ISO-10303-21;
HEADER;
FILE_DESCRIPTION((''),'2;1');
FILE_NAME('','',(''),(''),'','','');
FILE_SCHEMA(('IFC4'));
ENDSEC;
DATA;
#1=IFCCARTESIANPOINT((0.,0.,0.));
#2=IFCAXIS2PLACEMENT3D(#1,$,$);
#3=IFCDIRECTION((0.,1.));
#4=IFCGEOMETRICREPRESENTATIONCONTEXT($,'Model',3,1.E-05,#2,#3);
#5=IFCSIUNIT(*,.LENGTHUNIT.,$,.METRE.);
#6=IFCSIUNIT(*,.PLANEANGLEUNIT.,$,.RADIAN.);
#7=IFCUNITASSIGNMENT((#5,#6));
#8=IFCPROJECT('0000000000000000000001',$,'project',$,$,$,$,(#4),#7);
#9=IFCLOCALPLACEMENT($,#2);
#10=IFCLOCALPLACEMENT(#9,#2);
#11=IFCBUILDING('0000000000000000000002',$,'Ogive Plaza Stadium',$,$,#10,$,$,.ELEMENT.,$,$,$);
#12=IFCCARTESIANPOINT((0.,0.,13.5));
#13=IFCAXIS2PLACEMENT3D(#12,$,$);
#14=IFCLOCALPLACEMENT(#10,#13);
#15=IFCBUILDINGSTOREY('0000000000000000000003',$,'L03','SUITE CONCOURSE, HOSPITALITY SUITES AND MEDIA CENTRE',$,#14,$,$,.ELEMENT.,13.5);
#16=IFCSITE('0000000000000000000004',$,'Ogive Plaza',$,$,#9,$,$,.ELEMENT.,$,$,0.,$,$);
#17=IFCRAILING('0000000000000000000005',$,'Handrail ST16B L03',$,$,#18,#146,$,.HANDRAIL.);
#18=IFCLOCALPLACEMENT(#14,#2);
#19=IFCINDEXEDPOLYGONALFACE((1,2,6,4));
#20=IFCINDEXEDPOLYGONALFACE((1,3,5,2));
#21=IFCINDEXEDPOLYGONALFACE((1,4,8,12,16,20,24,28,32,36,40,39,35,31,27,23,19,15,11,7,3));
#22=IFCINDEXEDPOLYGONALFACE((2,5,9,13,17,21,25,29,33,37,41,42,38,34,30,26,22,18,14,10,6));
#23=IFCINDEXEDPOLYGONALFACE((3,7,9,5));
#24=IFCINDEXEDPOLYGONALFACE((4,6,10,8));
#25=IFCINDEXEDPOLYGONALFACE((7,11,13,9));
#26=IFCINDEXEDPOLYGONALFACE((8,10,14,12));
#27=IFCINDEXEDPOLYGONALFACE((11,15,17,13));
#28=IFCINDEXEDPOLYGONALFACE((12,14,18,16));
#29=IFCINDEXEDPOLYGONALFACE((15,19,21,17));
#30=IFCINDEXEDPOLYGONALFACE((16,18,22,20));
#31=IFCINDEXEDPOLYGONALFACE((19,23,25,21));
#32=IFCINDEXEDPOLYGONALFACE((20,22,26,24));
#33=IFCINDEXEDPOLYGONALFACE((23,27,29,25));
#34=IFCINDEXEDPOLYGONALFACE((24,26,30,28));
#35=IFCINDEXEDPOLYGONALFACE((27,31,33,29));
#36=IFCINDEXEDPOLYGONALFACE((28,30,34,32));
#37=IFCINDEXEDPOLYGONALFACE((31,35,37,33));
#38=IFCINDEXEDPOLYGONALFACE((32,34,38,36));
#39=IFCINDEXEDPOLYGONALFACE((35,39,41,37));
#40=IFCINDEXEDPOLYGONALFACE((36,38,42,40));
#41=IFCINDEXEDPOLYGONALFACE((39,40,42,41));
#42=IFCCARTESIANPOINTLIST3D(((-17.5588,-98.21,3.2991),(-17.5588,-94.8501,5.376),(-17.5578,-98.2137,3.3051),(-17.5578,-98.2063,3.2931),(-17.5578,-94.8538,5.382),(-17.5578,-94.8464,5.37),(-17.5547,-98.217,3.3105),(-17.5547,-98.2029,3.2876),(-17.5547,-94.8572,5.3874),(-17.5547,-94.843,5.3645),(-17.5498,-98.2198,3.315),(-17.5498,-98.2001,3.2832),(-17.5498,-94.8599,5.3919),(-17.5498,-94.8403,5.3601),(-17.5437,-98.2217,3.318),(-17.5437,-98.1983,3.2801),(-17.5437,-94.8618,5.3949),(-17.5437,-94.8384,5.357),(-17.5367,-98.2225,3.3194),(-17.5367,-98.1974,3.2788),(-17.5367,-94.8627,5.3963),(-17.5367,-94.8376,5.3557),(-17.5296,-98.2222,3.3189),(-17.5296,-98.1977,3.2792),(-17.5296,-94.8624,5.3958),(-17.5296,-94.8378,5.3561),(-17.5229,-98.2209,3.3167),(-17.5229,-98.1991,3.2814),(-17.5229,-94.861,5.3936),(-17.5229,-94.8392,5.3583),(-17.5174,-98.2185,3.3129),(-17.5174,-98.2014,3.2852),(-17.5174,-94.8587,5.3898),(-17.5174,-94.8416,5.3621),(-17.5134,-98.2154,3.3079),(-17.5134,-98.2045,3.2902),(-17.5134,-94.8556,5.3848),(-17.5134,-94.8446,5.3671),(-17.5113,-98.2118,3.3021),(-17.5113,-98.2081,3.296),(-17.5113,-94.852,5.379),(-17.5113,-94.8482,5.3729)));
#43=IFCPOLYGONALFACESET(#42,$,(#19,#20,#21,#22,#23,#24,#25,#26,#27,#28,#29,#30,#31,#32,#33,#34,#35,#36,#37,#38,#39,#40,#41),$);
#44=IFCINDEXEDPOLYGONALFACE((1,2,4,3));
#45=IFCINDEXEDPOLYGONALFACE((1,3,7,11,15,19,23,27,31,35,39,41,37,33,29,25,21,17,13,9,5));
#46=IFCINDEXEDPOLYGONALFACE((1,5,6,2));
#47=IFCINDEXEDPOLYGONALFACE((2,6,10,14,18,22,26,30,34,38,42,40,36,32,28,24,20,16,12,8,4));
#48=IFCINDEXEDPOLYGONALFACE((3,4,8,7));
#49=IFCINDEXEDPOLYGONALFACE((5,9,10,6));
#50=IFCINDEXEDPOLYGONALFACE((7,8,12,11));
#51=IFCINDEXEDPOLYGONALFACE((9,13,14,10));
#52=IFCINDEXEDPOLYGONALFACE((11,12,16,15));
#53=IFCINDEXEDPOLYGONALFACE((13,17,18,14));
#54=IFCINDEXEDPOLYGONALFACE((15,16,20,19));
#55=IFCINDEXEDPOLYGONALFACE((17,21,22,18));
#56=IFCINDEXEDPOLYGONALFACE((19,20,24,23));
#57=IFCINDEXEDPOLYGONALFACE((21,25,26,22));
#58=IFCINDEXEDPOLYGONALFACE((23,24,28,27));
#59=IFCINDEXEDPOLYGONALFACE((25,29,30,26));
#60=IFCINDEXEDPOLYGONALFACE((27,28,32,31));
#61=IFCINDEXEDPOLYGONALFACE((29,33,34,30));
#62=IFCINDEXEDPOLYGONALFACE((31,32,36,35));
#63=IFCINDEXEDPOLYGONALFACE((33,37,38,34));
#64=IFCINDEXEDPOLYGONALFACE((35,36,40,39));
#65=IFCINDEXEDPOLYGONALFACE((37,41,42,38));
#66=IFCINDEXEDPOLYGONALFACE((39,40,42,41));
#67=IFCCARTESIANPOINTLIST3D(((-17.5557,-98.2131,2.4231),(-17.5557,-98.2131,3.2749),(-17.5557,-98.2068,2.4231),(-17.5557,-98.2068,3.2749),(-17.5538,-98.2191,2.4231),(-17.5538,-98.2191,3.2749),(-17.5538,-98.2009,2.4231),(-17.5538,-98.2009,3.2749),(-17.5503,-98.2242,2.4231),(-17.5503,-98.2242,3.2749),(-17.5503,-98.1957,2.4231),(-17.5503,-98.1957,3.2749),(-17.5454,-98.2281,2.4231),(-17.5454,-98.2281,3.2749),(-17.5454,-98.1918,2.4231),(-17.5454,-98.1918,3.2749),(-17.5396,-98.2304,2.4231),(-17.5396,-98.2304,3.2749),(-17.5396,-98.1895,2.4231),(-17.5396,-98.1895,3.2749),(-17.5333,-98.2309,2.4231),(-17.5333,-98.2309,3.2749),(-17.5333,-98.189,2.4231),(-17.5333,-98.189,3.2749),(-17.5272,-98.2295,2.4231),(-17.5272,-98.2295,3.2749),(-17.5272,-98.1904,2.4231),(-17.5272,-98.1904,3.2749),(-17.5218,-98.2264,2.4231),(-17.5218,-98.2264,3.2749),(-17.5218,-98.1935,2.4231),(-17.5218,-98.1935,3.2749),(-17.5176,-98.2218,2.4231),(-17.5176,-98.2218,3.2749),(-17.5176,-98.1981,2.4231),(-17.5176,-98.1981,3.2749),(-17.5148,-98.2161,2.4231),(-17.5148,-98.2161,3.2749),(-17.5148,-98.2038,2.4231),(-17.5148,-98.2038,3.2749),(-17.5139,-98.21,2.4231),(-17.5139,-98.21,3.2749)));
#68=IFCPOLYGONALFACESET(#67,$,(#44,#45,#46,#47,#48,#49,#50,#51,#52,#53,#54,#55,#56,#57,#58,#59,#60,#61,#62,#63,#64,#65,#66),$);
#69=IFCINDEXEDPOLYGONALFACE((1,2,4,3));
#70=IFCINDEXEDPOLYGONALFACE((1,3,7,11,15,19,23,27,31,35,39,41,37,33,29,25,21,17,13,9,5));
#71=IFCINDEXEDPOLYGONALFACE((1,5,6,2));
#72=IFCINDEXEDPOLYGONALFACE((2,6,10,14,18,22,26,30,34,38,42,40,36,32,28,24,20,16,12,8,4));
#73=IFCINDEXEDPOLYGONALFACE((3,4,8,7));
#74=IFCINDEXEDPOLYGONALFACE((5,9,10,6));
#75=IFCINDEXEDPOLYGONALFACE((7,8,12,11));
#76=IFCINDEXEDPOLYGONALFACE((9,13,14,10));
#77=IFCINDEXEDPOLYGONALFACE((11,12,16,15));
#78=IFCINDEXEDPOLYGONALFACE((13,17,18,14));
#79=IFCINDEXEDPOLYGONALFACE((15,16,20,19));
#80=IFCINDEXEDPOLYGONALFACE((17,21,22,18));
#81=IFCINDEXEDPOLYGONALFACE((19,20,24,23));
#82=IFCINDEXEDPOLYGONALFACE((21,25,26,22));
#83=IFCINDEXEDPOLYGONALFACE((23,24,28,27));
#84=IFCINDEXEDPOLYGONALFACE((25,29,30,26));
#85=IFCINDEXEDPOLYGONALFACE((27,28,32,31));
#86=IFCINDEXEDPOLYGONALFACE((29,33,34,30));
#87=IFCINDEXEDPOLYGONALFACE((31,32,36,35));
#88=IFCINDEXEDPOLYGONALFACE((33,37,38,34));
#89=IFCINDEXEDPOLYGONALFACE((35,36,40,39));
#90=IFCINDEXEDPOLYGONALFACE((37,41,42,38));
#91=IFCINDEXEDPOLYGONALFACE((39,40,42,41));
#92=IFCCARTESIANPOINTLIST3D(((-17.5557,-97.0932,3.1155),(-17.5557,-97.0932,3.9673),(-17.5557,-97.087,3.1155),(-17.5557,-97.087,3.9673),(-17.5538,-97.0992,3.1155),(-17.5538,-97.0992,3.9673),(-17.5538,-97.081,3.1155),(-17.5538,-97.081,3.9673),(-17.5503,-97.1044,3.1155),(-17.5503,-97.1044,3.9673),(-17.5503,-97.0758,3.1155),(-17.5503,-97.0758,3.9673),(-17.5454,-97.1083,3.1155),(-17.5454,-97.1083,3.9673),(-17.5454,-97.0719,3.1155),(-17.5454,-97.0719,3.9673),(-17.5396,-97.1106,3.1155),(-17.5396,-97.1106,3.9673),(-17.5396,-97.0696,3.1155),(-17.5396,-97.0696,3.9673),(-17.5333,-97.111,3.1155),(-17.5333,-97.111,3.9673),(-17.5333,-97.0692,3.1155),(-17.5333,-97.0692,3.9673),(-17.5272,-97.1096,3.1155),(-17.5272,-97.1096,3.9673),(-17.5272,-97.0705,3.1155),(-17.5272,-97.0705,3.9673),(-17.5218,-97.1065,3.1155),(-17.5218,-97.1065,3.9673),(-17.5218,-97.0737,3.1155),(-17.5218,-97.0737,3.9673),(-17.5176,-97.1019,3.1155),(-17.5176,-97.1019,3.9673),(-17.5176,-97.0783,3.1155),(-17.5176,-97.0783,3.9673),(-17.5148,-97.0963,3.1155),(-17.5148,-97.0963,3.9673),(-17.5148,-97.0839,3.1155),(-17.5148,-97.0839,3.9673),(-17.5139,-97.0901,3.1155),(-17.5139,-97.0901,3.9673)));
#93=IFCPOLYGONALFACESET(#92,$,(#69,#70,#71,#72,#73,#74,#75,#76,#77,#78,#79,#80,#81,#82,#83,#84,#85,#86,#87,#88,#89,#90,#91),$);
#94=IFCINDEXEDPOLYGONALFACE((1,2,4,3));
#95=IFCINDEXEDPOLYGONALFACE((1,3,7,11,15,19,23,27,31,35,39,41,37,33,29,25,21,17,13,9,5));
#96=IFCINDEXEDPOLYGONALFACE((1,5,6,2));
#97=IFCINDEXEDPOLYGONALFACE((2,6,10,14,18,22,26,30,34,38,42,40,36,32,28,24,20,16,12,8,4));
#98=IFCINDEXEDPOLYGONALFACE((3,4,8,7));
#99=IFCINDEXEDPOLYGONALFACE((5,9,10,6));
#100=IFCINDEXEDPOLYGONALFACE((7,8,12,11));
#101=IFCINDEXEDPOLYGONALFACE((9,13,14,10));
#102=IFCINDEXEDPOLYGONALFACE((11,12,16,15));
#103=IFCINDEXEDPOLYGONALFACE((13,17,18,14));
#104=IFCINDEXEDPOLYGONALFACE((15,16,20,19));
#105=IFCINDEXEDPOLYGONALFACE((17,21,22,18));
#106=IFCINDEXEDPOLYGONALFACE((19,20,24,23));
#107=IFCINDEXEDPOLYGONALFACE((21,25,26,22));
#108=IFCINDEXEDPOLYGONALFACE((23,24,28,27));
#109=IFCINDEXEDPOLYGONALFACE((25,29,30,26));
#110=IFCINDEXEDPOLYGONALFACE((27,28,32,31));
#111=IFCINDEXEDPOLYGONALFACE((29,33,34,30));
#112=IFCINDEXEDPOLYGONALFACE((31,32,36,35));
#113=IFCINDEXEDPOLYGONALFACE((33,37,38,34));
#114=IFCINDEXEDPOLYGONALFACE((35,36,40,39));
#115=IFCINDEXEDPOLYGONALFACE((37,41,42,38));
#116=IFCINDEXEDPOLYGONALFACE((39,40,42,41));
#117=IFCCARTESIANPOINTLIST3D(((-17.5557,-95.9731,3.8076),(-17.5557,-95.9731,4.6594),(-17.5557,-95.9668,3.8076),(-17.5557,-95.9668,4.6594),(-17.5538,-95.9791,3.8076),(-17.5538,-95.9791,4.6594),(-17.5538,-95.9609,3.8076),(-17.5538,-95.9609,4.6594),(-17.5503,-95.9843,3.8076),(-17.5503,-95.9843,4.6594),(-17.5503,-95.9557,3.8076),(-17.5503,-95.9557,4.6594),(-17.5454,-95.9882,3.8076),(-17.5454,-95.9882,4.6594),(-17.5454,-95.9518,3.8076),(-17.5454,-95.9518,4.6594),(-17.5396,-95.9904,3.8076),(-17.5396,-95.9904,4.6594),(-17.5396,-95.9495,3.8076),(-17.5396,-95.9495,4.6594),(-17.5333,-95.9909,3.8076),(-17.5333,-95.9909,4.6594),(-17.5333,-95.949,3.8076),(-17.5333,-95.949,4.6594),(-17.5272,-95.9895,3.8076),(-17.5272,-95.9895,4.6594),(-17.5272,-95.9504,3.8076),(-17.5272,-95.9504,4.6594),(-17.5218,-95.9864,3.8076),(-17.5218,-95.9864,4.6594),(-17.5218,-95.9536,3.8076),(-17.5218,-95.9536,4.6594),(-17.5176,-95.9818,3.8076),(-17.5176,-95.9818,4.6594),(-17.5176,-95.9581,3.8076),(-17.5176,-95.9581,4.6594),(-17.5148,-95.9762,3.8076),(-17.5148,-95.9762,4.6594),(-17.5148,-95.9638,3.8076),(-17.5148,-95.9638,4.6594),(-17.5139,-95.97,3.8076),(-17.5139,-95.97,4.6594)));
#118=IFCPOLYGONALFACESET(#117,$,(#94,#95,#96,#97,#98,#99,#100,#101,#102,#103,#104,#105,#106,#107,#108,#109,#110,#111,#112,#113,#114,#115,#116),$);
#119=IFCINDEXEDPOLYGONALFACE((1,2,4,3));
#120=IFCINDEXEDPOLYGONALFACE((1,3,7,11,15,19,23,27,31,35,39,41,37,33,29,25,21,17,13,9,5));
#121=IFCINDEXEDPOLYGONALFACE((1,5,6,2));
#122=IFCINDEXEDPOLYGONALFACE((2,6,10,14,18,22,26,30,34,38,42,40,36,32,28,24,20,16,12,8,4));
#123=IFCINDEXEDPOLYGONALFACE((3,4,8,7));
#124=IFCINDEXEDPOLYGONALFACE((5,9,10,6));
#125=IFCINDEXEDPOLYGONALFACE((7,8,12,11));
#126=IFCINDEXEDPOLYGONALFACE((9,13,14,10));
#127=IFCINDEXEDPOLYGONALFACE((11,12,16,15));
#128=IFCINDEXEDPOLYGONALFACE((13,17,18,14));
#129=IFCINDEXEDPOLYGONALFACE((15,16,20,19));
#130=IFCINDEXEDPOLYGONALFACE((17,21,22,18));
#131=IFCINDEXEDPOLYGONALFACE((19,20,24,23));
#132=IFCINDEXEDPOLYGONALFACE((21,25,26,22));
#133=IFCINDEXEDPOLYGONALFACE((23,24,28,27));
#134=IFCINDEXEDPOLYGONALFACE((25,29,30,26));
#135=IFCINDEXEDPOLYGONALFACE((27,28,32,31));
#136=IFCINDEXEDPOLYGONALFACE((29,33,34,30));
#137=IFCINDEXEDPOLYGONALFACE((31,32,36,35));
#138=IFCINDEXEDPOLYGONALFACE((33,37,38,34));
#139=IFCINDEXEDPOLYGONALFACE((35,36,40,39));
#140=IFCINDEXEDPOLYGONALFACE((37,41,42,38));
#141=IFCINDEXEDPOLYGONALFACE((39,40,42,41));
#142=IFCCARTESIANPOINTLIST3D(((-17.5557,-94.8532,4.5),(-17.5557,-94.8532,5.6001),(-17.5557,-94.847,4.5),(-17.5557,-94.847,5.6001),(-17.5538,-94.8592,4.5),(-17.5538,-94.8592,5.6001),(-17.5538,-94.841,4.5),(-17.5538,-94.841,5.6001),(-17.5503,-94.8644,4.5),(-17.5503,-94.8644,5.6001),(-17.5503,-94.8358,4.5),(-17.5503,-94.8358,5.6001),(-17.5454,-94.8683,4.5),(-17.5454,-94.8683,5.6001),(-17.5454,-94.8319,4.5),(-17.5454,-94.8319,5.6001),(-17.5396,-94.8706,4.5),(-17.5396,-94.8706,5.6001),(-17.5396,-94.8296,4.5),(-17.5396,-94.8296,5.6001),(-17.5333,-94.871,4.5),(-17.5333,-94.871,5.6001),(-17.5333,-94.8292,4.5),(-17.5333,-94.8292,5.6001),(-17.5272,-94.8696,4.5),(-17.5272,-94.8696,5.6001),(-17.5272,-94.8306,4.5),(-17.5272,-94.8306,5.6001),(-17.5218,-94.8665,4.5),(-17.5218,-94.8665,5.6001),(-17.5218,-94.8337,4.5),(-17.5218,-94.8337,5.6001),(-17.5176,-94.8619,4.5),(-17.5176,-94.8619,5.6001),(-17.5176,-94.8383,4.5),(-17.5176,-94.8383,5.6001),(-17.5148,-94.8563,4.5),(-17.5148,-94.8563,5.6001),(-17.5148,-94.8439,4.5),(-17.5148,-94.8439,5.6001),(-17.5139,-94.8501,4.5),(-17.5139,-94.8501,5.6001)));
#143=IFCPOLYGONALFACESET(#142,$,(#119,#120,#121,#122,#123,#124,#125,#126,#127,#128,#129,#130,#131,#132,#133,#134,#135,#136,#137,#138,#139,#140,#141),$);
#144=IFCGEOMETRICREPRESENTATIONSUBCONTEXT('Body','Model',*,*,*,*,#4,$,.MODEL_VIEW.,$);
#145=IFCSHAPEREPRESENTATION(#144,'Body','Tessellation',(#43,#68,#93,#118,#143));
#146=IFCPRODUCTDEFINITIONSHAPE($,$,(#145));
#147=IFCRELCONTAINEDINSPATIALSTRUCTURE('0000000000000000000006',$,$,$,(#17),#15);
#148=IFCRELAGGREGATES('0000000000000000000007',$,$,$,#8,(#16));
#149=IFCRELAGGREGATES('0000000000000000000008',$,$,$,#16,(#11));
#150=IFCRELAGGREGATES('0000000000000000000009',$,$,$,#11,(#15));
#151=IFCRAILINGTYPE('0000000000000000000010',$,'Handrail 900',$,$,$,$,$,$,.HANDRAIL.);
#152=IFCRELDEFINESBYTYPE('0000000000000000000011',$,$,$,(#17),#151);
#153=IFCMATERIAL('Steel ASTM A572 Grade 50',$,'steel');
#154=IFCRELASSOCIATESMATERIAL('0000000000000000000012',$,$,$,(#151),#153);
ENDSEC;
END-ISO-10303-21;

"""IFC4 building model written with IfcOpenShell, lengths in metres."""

from ifc_helpers import new_model, si_unit, direction, frame, origin, origin_2d, place, context, subcontext, project, spatial, circle, extrude, material, type_object, element, save


model = new_model("IFC4")

# Units and contexts
model_context = context("Model", 3, precision=1e-05, world=origin(), true_north=direction((0.0, 1.0)))
body_context = subcontext(model_context, "Body", "Model", "MODEL_VIEW")
ifc_project = project(units=[si_unit("LENGTHUNIT", "METRE"), si_unit("PLANEANGLEUNIT", "RADIAN")], contexts=[model_context])

# Site, building, storey
site_placement = place(None, origin())
site = spatial("IfcSite", under=ifc_project, at=site_placement, Name="Ogive Plaza", CompositionType="ELEMENT", RefElevation=0.0)
building_placement = place(site_placement, origin())
building = spatial("IfcBuilding", under=site, at=building_placement, Name="Ogive Plaza Stadium", CompositionType="ELEMENT")
storey_placement = place(building_placement, frame((0.0, 0.0, 13.5)))
storey = spatial("IfcBuildingStorey", under=building, at=storey_placement, Name="L03", Description="SUITE CONCOURSE, HOSPITALITY SUITES AND MEDIA CENTRE", CompositionType="ELEMENT", Elevation=13.5)

# Railing
ifc_material_1 = material(Name="Steel ASTM A572 Grade 50", Category="steel")
railing_type_1 = type_object("IfcRailingType", Name="Handrail 900", PredefinedType="HANDRAIL", material=ifc_material_1)
for number, where, name in (
    (1, (-17.5349, -98.21, 2.4231), "Handrail ST16B L03"),
):
    element("IfcRailing", number, at=place(storey_placement, frame(where)), inside=storey, type_object=railing_type_1, Name=name, PredefinedType="HANDRAIL", context=body_context, shape_type="SweptSolid", body=[
        extrude(circle(Radius=0.0239, at=origin_2d()), frame((0.0, 0.0, 0.876), z_axis=(0.0, 0.850606, 0.525803), x_axis=(-1.0, 0.0, 0.0)), (0.0, 0.0, 1.0), 3.95),
        extrude(circle(Radius=0.021, at=origin_2d()), origin(), (0.0, 0.0, 1.0), 0.8518),
        extrude(circle(Radius=0.021, at=origin_2d()), frame((0.0, 1.1199, 0.6924)), (0.0, 0.0, 1.0), 0.8518),
        extrude(circle(Radius=0.021, at=origin_2d()), frame((0.0, 2.24, 1.3845)), (0.0, 0.0, 1.0), 0.8518),
        extrude(circle(Radius=0.021, at=origin_2d()), frame((0.0, 3.3599, 2.0769)), (0.0, 0.0, 1.0), 1.1001),
    ])

save(model, "model.ifc")
